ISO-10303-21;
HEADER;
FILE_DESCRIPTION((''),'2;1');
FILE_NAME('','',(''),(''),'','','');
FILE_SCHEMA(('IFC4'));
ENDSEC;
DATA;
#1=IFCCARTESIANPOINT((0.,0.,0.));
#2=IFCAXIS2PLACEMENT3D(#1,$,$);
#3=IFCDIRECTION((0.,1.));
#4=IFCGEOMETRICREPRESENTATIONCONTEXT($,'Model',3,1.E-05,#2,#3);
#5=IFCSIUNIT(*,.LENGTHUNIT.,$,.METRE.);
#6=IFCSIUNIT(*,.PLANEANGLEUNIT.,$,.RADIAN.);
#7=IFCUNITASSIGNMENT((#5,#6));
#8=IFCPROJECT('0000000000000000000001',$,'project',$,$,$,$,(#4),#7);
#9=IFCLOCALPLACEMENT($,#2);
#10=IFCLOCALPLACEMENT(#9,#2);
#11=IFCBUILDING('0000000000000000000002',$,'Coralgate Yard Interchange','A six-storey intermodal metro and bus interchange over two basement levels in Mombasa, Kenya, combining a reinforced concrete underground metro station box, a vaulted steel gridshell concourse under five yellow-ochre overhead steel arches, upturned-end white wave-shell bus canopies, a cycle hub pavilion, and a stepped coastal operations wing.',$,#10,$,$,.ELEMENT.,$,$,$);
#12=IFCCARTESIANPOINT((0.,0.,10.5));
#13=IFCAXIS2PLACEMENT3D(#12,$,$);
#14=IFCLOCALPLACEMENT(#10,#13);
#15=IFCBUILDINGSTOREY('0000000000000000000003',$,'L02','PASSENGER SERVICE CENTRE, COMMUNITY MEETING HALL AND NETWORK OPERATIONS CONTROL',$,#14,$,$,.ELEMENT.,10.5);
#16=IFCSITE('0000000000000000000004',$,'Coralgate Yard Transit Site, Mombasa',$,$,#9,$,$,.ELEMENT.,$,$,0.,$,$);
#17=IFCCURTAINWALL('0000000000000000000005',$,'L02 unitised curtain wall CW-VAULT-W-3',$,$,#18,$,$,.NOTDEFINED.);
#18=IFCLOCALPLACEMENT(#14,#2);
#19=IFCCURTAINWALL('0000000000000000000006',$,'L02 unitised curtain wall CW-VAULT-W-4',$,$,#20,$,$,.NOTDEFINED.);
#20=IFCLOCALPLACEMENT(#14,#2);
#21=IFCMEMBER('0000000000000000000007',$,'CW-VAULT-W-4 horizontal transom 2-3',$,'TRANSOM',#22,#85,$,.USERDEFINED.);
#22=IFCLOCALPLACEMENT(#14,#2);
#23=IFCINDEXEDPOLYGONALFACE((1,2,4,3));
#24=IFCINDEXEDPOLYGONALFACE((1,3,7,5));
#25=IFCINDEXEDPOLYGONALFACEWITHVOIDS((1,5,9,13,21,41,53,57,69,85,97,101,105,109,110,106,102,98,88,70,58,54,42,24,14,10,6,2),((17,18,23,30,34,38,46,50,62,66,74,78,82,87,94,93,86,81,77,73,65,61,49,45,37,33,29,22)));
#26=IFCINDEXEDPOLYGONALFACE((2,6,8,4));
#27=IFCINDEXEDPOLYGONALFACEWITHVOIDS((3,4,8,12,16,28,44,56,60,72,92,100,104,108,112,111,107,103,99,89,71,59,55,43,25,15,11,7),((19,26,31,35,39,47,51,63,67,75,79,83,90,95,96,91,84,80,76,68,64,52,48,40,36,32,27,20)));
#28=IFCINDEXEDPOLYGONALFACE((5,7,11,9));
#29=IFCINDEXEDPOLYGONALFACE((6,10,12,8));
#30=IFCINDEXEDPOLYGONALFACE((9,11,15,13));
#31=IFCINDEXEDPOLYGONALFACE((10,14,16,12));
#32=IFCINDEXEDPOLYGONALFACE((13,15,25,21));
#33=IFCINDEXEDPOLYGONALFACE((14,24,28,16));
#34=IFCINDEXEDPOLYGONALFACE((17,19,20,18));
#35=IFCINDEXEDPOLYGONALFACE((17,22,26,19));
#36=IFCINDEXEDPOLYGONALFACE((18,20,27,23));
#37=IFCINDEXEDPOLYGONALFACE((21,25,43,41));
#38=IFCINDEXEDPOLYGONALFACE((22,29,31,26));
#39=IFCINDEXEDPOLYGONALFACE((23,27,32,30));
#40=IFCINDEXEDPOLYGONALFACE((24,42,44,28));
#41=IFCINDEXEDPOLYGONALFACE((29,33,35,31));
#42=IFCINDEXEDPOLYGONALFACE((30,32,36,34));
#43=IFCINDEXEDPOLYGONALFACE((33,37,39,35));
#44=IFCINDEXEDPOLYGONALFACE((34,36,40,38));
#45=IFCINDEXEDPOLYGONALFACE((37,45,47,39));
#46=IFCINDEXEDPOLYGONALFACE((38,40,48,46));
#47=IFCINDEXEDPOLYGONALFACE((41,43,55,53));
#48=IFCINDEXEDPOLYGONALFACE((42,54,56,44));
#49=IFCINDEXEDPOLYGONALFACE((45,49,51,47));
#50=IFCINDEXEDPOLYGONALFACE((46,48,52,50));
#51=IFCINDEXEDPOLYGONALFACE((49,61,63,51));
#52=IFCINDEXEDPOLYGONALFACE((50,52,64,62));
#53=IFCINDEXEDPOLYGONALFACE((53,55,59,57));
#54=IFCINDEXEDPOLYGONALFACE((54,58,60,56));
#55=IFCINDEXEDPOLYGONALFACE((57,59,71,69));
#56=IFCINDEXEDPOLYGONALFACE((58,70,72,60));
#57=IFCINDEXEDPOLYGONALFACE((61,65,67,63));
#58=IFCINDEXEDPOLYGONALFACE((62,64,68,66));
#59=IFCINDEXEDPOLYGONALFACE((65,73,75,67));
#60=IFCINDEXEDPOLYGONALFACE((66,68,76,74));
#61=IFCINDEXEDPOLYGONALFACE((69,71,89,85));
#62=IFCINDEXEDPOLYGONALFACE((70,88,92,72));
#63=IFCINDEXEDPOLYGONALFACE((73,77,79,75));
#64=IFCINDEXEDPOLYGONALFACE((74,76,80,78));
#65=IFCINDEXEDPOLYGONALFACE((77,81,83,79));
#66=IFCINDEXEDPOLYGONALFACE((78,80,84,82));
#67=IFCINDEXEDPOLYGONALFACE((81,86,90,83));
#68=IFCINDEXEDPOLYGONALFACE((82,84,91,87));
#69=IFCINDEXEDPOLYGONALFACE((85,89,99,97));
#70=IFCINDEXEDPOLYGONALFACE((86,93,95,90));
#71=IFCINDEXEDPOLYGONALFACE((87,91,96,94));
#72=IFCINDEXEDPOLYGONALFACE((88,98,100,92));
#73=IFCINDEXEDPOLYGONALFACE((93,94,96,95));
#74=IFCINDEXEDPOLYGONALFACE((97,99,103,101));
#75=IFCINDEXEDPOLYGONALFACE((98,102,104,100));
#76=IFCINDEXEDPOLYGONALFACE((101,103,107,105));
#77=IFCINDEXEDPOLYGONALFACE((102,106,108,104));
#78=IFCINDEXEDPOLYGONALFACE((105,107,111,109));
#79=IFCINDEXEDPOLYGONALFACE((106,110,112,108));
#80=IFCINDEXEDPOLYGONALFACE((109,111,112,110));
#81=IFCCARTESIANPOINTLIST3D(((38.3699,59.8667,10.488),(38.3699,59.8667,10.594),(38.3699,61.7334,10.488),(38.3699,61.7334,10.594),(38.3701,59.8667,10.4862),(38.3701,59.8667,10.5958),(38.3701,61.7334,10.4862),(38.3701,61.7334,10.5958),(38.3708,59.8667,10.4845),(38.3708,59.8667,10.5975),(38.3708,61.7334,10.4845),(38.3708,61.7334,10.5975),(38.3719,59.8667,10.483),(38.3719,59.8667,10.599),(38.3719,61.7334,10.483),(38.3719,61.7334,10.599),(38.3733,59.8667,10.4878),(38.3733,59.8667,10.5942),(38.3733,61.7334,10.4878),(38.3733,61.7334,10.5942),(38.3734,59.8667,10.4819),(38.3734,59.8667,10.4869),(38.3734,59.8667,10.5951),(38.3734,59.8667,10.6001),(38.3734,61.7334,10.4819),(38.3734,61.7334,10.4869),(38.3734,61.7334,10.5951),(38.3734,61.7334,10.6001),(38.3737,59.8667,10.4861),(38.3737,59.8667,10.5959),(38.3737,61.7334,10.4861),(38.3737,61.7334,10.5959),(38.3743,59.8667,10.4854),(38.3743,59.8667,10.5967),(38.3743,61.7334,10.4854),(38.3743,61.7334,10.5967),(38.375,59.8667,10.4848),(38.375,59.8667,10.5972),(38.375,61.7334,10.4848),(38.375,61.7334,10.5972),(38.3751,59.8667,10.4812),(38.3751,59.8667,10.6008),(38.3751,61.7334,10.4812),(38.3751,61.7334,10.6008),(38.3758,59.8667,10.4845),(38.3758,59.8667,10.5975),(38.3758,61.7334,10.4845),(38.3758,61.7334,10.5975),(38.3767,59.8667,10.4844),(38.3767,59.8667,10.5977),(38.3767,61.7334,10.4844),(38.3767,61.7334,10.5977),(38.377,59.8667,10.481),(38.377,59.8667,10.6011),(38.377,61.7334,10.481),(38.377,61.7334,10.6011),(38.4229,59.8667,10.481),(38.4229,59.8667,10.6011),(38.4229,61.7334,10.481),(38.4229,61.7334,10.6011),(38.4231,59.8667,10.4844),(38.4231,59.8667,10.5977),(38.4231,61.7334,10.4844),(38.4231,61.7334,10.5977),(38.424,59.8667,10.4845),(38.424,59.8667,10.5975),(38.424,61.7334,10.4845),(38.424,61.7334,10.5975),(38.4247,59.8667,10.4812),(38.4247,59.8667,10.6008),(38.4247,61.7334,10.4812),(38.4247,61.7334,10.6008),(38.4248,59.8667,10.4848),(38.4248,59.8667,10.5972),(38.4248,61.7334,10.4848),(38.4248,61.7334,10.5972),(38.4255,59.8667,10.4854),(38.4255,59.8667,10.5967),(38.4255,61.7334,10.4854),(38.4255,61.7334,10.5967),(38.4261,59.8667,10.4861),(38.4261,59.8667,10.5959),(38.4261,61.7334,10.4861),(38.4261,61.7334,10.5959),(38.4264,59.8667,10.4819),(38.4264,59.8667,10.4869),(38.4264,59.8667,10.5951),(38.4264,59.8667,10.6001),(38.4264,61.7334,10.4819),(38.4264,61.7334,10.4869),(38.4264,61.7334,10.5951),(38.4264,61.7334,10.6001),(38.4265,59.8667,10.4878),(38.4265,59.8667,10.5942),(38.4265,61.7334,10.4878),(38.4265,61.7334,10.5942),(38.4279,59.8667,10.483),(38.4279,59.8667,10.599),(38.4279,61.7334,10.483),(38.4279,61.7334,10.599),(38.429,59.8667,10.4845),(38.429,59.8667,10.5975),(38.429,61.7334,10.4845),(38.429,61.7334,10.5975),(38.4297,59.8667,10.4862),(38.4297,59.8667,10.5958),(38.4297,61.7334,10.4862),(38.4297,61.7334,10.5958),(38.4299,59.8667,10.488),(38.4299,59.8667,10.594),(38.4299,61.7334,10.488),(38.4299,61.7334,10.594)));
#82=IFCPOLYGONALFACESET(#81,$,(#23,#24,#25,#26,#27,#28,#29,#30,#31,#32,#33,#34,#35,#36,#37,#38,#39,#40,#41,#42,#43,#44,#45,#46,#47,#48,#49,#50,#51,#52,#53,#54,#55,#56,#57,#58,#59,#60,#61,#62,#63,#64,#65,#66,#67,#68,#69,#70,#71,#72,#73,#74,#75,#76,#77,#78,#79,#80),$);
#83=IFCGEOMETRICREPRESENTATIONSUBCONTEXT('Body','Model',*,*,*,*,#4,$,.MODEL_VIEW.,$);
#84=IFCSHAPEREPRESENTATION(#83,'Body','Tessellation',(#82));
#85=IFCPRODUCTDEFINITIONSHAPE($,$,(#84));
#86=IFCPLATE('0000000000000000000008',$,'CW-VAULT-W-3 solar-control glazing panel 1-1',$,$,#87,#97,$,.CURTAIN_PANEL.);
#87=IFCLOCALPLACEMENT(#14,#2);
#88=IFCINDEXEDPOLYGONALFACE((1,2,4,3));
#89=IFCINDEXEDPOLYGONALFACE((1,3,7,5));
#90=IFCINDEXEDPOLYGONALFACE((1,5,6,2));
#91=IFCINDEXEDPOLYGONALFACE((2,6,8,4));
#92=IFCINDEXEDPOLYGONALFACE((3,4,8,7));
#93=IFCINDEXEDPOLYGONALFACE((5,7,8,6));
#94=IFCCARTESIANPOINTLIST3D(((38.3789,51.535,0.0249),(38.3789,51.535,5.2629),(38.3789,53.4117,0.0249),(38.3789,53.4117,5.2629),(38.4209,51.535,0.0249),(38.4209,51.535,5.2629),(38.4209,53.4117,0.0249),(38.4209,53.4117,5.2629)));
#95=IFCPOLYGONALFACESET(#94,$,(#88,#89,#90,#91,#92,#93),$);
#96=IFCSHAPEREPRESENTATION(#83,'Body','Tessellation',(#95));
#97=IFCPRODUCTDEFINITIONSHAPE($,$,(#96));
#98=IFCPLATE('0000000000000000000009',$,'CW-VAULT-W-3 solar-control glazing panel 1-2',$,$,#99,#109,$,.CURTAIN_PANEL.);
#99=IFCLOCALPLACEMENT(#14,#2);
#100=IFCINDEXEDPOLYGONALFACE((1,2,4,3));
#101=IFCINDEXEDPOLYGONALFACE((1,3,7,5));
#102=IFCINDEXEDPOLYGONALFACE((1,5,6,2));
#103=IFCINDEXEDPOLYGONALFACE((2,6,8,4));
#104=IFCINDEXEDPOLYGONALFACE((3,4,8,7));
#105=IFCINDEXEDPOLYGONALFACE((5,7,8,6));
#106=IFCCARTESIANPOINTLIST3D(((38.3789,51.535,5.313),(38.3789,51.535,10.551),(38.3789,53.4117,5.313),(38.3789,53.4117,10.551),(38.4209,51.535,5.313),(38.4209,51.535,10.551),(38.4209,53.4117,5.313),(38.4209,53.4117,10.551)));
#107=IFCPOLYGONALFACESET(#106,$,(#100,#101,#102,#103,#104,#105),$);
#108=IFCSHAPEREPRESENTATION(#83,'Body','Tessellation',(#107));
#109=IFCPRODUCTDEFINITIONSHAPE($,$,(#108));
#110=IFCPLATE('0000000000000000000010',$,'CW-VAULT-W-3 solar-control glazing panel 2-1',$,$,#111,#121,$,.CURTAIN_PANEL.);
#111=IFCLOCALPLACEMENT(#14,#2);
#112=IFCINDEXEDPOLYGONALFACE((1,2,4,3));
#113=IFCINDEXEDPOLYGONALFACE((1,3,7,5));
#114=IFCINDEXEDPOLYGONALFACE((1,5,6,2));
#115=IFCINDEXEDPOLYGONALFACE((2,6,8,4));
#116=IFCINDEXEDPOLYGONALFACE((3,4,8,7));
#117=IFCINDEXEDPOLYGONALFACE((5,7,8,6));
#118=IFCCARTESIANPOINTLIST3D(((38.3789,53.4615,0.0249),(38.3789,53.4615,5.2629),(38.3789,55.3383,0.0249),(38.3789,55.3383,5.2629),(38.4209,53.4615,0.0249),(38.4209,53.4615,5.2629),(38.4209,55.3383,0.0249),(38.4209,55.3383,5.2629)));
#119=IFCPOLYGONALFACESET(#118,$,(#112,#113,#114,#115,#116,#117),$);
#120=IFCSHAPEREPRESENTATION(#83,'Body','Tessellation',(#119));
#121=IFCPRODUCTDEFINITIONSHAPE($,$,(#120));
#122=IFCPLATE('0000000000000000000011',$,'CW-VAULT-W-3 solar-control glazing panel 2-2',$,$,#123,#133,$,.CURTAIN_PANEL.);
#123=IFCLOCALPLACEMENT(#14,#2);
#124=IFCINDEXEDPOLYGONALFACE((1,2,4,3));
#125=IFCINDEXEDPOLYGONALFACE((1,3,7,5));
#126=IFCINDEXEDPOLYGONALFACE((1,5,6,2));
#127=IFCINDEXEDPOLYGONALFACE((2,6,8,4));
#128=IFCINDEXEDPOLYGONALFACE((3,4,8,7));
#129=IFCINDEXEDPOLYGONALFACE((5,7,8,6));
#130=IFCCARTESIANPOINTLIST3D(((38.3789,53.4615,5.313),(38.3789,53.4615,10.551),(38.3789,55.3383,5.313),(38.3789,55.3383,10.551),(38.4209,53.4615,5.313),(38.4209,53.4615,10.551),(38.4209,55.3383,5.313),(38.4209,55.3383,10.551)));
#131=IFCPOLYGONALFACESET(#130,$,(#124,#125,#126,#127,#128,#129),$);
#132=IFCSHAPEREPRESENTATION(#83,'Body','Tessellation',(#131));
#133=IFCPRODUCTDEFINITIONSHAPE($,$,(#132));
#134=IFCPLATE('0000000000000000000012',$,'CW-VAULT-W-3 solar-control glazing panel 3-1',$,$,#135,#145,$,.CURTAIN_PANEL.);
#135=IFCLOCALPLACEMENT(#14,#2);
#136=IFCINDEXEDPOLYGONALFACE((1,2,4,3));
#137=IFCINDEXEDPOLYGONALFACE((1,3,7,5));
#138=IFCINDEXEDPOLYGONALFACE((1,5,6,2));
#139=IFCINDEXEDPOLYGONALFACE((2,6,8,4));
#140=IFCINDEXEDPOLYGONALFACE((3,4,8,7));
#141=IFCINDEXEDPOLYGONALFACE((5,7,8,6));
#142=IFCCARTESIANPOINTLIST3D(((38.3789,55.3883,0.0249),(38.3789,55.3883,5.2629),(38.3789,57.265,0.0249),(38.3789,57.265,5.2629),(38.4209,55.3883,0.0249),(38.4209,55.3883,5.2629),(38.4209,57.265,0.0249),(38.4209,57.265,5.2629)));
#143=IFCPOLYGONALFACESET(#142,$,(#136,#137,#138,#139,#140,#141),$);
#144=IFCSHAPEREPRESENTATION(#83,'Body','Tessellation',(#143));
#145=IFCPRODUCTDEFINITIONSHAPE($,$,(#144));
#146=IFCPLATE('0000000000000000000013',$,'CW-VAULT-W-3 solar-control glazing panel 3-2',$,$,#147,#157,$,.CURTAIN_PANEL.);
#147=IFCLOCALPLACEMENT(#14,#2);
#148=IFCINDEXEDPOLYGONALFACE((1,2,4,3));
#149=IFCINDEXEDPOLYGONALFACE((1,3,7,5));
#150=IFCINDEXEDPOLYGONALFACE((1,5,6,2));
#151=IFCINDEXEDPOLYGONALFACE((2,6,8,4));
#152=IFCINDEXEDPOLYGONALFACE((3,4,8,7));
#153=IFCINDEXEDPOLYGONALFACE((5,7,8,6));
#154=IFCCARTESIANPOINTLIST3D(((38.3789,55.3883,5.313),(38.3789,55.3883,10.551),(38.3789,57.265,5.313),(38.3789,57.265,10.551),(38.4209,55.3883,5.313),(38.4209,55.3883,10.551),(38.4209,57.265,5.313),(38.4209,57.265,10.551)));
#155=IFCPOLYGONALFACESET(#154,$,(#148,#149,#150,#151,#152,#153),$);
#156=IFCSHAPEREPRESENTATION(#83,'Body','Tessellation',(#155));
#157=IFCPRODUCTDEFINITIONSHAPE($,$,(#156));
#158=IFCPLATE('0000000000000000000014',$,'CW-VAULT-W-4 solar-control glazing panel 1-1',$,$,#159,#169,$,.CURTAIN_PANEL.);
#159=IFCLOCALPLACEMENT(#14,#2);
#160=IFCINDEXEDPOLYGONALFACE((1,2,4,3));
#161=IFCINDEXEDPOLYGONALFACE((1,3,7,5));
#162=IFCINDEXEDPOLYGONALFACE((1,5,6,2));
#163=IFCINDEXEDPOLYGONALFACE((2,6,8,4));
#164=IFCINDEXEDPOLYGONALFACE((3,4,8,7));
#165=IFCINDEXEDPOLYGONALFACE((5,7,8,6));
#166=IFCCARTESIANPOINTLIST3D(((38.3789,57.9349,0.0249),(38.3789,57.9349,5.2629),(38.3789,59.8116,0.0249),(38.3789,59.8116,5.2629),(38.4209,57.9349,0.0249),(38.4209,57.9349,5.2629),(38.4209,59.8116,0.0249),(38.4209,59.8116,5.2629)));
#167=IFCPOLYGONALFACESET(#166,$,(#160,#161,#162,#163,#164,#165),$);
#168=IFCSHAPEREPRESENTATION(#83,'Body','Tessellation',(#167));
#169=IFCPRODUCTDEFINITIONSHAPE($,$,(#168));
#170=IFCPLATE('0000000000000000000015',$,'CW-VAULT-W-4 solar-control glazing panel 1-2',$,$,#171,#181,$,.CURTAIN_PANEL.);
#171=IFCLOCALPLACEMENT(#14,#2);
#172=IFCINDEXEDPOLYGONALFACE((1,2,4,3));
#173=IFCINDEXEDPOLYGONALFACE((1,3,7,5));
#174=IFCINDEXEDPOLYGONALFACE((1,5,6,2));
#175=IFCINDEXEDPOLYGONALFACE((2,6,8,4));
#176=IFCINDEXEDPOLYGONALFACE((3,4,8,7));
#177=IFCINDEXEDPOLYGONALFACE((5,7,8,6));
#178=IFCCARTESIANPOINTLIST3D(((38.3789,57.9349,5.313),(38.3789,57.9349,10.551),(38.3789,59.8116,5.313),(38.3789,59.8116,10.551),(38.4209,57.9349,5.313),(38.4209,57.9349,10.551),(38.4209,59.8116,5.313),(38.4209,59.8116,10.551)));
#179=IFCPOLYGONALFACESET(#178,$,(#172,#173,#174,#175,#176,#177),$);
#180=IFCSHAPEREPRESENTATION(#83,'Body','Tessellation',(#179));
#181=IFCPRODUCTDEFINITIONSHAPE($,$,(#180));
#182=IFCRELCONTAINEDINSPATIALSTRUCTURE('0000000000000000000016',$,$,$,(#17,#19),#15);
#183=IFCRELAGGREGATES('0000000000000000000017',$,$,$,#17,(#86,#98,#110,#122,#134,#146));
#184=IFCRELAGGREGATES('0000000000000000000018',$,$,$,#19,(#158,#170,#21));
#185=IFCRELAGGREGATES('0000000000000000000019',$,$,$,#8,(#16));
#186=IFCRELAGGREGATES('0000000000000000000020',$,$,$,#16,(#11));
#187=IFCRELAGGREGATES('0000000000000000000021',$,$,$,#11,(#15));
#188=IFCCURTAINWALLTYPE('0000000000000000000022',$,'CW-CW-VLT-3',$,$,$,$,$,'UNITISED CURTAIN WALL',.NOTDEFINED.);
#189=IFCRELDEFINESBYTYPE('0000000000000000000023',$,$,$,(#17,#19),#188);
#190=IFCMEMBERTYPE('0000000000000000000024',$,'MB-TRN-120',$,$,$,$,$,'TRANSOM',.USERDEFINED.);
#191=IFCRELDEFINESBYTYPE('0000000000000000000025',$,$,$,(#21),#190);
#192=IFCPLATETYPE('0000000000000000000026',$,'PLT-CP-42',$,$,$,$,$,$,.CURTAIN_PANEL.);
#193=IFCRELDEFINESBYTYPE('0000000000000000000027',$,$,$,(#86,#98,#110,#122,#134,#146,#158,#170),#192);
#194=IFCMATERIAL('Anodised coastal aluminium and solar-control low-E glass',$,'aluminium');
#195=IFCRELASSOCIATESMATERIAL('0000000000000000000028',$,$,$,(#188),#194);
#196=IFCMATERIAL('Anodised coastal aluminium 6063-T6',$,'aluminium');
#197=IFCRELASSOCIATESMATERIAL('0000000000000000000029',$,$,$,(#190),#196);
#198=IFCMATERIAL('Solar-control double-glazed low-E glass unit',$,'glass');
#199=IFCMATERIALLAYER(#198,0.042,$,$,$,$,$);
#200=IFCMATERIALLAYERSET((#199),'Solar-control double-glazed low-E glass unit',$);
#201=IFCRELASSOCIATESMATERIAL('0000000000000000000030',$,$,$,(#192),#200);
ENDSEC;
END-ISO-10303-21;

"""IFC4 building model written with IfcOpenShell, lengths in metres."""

from ifc_helpers import new_model, si_unit, direction, frame, origin, origin_2d, place, context, subcontext, project, spatial, rectangle, hollow_rectangle, extrude, material, layer, layer_set, material_profile, profile_set, type_object, element, aggregate, save


model = new_model("IFC4")

# Units and contexts
model_context = context("Model", 3, precision=1e-05, world=origin(), true_north=direction((0.0, 1.0)))
body_context = subcontext(model_context, "Body", "Model", "MODEL_VIEW")
ifc_project = project(units=[si_unit("LENGTHUNIT", "METRE"), si_unit("PLANEANGLEUNIT", "RADIAN")], contexts=[model_context])

# Site, building, storey
site_placement = place(None, origin())
site = spatial("IfcSite", under=ifc_project, at=site_placement, Name="Coralgate Yard Transit Site, Mombasa", CompositionType="ELEMENT", RefElevation=0.0)
building_placement = place(site_placement, origin())
building = spatial("IfcBuilding", under=site, at=building_placement, Name="Coralgate Yard Interchange", Description="A six-storey intermodal metro and bus interchange over two basement levels in Mombasa, Kenya, combining a reinforced concrete underground metro station box, a vaulted steel gridshell concourse under five yellow-ochre overhead steel arches, upturned-end white wave-shell bus canopies, a cycle hub pavilion, and a stepped coastal operations wing.", CompositionType="ELEMENT")
storey_placement = place(building_placement, frame((0.0, 0.0, 10.5)))
storey = spatial("IfcBuildingStorey", under=building, at=storey_placement, Name="L02", Description="PASSENGER SERVICE CENTRE, COMMUNITY MEETING HALL AND NETWORK OPERATIONS CONTROL", CompositionType="ELEMENT", Elevation=10.5)

# Curtain walls
ifc_material_1 = material(Name="Anodised coastal aluminium and solar-control low-E glass", Category="aluminium")
curtain_wall_type = type_object("IfcCurtainWallType", Name="CW-CW-VLT-3", ElementType="UNITISED CURTAIN WALL", PredefinedType="NOTDEFINED", material=ifc_material_1)
curtain_wall_1_placement = place(storey_placement, origin())
curtain_wall_1 = element("IfcCurtainWall", 1, at=curtain_wall_1_placement, inside=storey, type_object=curtain_wall_type, Name="L02 unitised curtain wall CW-VAULT-W-3", PredefinedType="NOTDEFINED")
ifc_material_2 = material(Name="Anodised coastal aluminium 6063-T6", Category="aluminium")
curtain_wall_2_placement = place(storey_placement, origin())
curtain_wall_2 = element("IfcCurtainWall", 2, at=curtain_wall_2_placement, inside=storey, type_object=curtain_wall_type, Name="L02 unitised curtain wall CW-VAULT-W-4", PredefinedType="NOTDEFINED")

# Member
ifc_material_profile_1 = material_profile(ifc_material_2, hollow_rectangle(XDim=0.0601, YDim=0.1201, WallThickness=0.0034, InnerFilletRadius=0.0034, OuterFilletRadius=0.0071, at=origin_2d()), Name="ALU 60x120x3.5")
ifc_profile_set_1 = profile_set([ifc_material_profile_1], Name="Anodised coastal aluminium 6063-T6")
member_type_1 = type_object("IfcMemberType", Name="MB-TRN-120", ElementType="TRANSOM", PredefinedType="USERDEFINED", material=ifc_profile_set_1)
member_1_placement = place(storey_placement, frame((38.3999, 59.8667, 10.541), z_axis=(0.0, 1.0, 0.0), x_axis=(-1.0, 0.0, 0.0)))
member_1 = element("IfcMember", 3, at=member_1_placement, type_object=member_type_1, Name="CW-VAULT-W-4 horizontal transom 2-3", ObjectType="TRANSOM", PredefinedType="USERDEFINED", context=body_context, shape_type="SweptSolid", body=[
    extrude(hollow_rectangle(XDim=0.0601, YDim=0.1201, WallThickness=0.0034, InnerFilletRadius=0.0034, OuterFilletRadius=0.0071, at=origin_2d()), origin(), (0.0, 0.0, 1.0), 1.8667),
])

# Plates
ifc_material_3 = material(Name="Solar-control double-glazed low-E glass unit", Category="glass")
ifc_layer = layer(ifc_material_3, 0.042)
ifc_layer_set = layer_set([ifc_layer], Name="Solar-control double-glazed low-E glass unit")
plate_type = type_object("IfcPlateType", Name="PLT-CP-42", PredefinedType="CURTAIN_PANEL", material=ifc_layer_set)
plate_1_placement = place(storey_placement, frame((38.3999, 52.4734, 0.0249), z_axis=(0.0, 0.0, 1.0), x_axis=(0.0, 1.0, 0.0)))
plate_1 = element("IfcPlate", 4, at=plate_1_placement, type_object=plate_type, Name="CW-VAULT-W-3 solar-control glazing panel 1-1", PredefinedType="CURTAIN_PANEL", context=body_context, shape_type="SweptSolid", body=[
    extrude(rectangle(XDim=1.8767, YDim=0.042, at=origin_2d()), origin(), (0.0, 0.0, 1.0), 5.238),
])
plate_2_placement = place(storey_placement, frame((38.3999, 52.4734, 5.313), z_axis=(0.0, 0.0, 1.0), x_axis=(0.0, 1.0, 0.0)))
plate_2 = element("IfcPlate", 5, at=plate_2_placement, type_object=plate_type, Name="CW-VAULT-W-3 solar-control glazing panel 1-2", PredefinedType="CURTAIN_PANEL", context=body_context, shape_type="SweptSolid", body=[
    extrude(rectangle(XDim=1.8767, YDim=0.042, at=origin_2d()), origin(), (0.0, 0.0, 1.0), 5.238),
])
plate_3_placement = place(storey_placement, frame((38.3999, 54.3999, 0.0249), z_axis=(0.0, 0.0, 1.0), x_axis=(0.0, 1.0, 0.0)))
plate_3 = element("IfcPlate", 6, at=plate_3_placement, type_object=plate_type, Name="CW-VAULT-W-3 solar-control glazing panel 2-1", PredefinedType="CURTAIN_PANEL", context=body_context, shape_type="SweptSolid", body=[
    extrude(rectangle(XDim=1.8767, YDim=0.042, at=origin_2d()), origin(), (0.0, 0.0, 1.0), 5.238),
])
plate_4_placement = place(storey_placement, frame((38.3999, 54.3999, 5.313), z_axis=(0.0, 0.0, 1.0), x_axis=(0.0, 1.0, 0.0)))
plate_4 = element("IfcPlate", 7, at=plate_4_placement, type_object=plate_type, Name="CW-VAULT-W-3 solar-control glazing panel 2-2", PredefinedType="CURTAIN_PANEL", context=body_context, shape_type="SweptSolid", body=[
    extrude(rectangle(XDim=1.8767, YDim=0.042, at=origin_2d()), origin(), (0.0, 0.0, 1.0), 5.238),
])
plate_5_placement = place(storey_placement, frame((38.3999, 56.3267, 0.0249), z_axis=(0.0, 0.0, 1.0), x_axis=(0.0, 1.0, 0.0)))
plate_5 = element("IfcPlate", 8, at=plate_5_placement, type_object=plate_type, Name="CW-VAULT-W-3 solar-control glazing panel 3-1", PredefinedType="CURTAIN_PANEL", context=body_context, shape_type="SweptSolid", body=[
    extrude(rectangle(XDim=1.8767, YDim=0.042, at=origin_2d()), origin(), (0.0, 0.0, 1.0), 5.238),
])
plate_6_placement = place(storey_placement, frame((38.3999, 56.3267, 5.313), z_axis=(0.0, 0.0, 1.0), x_axis=(0.0, 1.0, 0.0)))
plate_6 = element("IfcPlate", 9, at=plate_6_placement, type_object=plate_type, Name="CW-VAULT-W-3 solar-control glazing panel 3-2", PredefinedType="CURTAIN_PANEL", context=body_context, shape_type="SweptSolid", body=[
    extrude(rectangle(XDim=1.8767, YDim=0.042, at=origin_2d()), origin(), (0.0, 0.0, 1.0), 5.238),
])
aggregate(curtain_wall_1, [plate_1, plate_2, plate_3, plate_4, plate_5, plate_6])
plate_7_placement = place(storey_placement, frame((38.3999, 58.8733, 0.0249), z_axis=(0.0, 0.0, 1.0), x_axis=(0.0, 1.0, 0.0)))
plate_7 = element("IfcPlate", 10, at=plate_7_placement, type_object=plate_type, Name="CW-VAULT-W-4 solar-control glazing panel 1-1", PredefinedType="CURTAIN_PANEL", context=body_context, shape_type="SweptSolid", body=[
    extrude(rectangle(XDim=1.8767, YDim=0.042, at=origin_2d()), origin(), (0.0, 0.0, 1.0), 5.238),
])
plate_8_placement = place(storey_placement, frame((38.3999, 58.8733, 5.313), z_axis=(0.0, 0.0, 1.0), x_axis=(0.0, 1.0, 0.0)))
plate_8 = element("IfcPlate", 11, at=plate_8_placement, type_object=plate_type, Name="CW-VAULT-W-4 solar-control glazing panel 1-2", PredefinedType="CURTAIN_PANEL", context=body_context, shape_type="SweptSolid", body=[
    extrude(rectangle(XDim=1.8767, YDim=0.042, at=origin_2d()), origin(), (0.0, 0.0, 1.0), 5.238),
])
aggregate(curtain_wall_2, [plate_7, plate_8, member_1])

save(model, "model.ifc")
